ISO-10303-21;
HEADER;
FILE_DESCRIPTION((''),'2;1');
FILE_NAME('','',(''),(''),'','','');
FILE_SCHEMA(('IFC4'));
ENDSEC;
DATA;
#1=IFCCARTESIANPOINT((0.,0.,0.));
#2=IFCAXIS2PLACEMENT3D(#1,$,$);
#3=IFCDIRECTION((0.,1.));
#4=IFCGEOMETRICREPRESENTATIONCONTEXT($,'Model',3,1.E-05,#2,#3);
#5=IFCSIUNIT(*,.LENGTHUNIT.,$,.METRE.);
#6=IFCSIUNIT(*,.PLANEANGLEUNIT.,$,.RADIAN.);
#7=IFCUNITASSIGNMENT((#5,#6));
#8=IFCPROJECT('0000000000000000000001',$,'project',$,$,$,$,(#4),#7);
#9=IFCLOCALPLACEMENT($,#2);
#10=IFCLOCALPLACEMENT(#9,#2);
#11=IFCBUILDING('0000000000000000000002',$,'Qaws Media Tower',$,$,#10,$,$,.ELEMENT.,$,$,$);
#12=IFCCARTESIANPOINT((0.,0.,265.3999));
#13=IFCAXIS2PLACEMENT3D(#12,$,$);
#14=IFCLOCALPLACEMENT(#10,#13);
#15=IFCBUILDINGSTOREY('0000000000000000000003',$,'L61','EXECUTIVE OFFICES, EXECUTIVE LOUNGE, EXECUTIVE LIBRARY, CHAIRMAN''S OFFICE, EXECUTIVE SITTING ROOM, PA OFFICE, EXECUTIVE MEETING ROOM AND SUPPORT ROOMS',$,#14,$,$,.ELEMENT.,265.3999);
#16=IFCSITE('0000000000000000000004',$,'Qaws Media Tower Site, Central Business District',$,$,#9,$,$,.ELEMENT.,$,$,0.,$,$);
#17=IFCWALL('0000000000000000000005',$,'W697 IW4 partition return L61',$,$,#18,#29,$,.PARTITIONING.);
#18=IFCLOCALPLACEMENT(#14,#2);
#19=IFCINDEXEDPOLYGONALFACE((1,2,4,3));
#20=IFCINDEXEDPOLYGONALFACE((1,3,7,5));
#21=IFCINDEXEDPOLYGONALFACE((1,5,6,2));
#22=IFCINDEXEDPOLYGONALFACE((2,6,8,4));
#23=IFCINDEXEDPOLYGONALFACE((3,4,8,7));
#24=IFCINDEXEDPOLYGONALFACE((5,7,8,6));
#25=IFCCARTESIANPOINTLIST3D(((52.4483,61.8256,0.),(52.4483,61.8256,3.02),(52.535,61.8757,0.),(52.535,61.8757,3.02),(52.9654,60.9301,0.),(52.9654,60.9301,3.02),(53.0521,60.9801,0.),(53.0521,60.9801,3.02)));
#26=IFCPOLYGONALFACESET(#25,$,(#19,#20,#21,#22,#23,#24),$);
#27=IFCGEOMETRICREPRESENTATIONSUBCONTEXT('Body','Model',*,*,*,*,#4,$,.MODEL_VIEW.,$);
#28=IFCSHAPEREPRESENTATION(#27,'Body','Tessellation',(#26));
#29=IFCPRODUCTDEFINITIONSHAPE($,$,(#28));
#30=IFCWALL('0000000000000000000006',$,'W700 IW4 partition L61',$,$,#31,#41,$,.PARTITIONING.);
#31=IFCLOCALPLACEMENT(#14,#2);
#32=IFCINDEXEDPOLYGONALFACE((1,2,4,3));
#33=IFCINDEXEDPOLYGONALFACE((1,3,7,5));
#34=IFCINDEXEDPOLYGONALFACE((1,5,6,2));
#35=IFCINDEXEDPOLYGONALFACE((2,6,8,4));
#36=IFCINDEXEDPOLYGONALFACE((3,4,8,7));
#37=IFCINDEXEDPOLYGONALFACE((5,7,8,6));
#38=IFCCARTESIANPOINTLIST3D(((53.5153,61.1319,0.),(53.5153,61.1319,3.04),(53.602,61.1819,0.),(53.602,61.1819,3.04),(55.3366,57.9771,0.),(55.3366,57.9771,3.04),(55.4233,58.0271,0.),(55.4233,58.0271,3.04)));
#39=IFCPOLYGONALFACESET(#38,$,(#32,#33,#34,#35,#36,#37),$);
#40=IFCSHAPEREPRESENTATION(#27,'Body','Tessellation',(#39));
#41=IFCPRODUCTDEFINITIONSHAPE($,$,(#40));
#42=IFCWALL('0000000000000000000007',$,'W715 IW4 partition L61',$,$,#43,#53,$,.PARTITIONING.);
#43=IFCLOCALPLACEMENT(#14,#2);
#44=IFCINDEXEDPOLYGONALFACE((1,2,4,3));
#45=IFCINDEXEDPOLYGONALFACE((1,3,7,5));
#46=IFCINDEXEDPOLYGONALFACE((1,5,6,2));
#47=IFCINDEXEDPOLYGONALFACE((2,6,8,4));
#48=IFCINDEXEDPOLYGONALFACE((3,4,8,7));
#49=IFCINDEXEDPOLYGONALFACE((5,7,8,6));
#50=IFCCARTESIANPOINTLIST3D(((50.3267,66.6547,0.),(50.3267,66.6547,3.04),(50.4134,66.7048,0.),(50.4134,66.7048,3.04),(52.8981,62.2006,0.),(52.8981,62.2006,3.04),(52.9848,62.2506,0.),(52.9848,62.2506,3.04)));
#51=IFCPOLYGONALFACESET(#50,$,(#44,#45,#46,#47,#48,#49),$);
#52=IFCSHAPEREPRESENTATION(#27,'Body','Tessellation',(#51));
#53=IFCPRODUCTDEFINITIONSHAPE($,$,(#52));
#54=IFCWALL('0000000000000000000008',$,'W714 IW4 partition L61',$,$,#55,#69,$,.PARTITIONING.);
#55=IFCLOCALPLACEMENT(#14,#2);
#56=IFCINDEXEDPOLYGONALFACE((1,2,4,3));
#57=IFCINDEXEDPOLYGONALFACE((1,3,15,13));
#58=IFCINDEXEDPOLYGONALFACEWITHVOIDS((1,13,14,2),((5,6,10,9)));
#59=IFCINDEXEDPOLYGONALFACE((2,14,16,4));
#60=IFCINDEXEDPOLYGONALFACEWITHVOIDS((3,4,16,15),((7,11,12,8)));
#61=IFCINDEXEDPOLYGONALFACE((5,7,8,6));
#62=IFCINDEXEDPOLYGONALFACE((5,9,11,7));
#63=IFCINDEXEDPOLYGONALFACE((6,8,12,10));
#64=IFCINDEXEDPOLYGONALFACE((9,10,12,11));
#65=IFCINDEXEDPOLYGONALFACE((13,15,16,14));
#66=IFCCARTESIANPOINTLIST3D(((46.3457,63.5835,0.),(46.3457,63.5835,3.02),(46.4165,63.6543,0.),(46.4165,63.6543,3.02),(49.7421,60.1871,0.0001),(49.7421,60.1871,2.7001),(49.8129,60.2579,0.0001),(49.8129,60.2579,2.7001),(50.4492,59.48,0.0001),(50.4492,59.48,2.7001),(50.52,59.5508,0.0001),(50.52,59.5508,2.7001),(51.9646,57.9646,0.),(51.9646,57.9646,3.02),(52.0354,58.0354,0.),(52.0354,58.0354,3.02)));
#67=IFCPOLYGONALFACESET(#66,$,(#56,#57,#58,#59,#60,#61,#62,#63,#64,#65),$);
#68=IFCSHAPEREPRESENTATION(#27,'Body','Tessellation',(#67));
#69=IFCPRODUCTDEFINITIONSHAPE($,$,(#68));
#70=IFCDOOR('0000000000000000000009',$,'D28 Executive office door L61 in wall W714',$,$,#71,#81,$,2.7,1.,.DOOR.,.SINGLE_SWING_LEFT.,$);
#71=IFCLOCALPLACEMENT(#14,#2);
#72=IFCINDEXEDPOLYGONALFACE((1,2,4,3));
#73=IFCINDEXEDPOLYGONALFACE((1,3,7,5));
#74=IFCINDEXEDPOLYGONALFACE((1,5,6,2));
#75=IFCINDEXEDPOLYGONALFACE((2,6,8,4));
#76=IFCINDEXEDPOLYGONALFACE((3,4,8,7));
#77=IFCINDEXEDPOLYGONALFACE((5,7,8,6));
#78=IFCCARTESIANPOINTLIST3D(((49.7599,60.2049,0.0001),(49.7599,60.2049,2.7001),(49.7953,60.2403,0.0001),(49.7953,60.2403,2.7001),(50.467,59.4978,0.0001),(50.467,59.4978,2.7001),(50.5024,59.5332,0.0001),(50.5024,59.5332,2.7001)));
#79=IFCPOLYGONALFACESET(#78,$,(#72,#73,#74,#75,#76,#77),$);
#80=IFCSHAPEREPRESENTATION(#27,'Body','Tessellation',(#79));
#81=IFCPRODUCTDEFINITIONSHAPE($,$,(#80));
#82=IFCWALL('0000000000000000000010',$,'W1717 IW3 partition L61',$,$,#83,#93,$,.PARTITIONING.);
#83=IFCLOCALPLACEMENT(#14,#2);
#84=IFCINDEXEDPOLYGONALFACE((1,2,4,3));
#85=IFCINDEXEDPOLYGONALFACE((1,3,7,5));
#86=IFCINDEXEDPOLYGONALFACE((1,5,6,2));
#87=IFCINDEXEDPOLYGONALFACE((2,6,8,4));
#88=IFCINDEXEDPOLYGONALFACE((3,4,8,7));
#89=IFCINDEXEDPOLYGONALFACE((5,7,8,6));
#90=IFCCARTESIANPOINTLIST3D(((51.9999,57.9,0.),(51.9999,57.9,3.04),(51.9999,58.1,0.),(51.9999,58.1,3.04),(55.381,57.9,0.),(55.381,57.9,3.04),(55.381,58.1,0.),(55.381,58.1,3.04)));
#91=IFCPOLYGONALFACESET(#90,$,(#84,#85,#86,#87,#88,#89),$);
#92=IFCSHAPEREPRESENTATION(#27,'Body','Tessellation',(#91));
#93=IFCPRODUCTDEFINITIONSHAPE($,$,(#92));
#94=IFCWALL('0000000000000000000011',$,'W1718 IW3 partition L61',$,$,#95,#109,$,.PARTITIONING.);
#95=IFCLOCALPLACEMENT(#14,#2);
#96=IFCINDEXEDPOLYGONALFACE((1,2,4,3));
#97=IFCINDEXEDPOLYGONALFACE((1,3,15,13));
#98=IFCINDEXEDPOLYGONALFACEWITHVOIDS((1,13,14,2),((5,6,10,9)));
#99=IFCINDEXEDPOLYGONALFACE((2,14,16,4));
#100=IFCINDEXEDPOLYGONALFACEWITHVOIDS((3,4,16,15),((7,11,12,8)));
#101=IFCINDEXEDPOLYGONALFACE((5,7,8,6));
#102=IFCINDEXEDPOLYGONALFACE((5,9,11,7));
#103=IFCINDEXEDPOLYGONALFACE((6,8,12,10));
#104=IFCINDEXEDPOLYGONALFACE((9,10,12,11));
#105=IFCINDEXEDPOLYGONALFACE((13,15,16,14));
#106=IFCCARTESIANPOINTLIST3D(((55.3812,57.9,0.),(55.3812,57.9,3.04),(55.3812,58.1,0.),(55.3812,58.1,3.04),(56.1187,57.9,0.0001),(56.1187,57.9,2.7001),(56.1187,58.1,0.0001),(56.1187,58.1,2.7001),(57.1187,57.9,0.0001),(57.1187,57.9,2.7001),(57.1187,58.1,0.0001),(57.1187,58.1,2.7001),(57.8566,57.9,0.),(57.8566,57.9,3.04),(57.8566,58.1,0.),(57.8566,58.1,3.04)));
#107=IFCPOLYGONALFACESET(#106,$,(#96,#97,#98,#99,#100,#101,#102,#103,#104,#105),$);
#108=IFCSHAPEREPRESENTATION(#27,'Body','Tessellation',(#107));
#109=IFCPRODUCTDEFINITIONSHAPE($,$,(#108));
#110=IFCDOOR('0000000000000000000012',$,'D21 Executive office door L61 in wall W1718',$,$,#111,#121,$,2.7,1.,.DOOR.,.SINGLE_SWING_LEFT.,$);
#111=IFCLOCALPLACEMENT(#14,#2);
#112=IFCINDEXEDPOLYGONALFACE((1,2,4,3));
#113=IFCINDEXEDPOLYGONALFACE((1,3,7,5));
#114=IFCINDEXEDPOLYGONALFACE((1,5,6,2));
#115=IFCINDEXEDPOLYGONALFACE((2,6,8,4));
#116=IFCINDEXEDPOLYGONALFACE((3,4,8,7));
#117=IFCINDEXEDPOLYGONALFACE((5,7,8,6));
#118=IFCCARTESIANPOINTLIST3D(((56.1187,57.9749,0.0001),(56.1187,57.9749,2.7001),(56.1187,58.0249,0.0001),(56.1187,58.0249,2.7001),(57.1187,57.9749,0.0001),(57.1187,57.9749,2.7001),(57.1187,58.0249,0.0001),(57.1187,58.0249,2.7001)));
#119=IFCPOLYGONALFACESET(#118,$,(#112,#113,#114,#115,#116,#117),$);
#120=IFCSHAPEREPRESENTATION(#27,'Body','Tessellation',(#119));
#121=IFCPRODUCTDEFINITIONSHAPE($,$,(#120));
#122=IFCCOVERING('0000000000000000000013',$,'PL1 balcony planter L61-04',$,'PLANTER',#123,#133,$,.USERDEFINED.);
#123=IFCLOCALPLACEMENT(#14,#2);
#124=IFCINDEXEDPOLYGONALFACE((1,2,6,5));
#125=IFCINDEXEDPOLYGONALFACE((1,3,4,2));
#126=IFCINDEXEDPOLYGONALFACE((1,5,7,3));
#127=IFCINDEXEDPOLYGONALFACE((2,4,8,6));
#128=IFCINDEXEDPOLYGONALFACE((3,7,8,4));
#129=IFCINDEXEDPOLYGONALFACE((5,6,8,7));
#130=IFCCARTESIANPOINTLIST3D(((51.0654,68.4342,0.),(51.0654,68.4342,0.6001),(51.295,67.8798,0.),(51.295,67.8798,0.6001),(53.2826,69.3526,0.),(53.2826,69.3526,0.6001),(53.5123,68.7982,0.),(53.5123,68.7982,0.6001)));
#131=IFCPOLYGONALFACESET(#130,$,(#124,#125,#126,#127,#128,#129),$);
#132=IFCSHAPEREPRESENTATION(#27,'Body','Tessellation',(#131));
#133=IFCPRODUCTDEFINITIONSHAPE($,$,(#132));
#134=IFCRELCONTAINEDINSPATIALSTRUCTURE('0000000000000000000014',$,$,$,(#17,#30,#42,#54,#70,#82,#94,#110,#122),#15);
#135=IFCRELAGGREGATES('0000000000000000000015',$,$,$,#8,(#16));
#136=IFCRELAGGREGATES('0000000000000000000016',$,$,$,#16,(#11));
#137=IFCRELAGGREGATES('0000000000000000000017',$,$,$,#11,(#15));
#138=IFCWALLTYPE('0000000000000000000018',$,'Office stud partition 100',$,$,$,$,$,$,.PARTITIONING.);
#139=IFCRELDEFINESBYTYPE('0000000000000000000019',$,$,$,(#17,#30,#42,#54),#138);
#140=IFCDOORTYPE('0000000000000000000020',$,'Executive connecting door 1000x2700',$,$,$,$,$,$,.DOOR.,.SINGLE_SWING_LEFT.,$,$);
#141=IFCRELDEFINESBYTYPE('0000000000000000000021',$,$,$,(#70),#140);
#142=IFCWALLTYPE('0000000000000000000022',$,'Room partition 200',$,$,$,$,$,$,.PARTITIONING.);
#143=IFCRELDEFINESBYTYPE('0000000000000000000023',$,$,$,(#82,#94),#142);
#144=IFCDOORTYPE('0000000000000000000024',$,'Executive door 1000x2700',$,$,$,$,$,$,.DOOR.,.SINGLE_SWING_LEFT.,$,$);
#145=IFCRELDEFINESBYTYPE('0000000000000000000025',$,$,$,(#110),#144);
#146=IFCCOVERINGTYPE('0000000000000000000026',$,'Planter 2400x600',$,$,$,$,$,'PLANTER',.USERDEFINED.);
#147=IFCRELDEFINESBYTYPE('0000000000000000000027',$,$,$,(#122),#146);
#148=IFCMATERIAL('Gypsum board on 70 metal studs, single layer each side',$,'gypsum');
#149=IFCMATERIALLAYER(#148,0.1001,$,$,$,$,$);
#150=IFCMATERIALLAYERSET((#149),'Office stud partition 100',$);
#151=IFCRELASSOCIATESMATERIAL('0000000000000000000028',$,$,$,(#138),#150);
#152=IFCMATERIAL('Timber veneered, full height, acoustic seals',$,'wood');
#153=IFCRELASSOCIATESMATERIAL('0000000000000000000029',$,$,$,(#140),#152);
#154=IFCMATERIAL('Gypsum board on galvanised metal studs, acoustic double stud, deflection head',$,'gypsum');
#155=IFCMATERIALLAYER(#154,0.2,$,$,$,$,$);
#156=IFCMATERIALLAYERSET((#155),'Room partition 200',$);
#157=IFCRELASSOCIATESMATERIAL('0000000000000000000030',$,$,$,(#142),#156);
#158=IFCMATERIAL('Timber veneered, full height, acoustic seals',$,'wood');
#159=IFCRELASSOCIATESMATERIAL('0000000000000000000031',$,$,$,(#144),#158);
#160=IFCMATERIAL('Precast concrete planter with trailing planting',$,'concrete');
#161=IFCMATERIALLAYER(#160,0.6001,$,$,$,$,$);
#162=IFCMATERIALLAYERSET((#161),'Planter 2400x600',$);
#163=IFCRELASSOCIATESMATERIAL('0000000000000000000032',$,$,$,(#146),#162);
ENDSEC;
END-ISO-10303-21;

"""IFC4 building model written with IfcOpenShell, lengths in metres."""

from ifc_helpers import new_model, si_unit, direction, frame, frame_2d, origin, origin_2d, place, context, subcontext, project, spatial, rectangle, extrude, material, layer, layer_set, type_object, element, fill, save


model = new_model("IFC4")

# Units and contexts
model_context = context("Model", 3, precision=1e-05, world=origin(), true_north=direction((0.0, 1.0)))
body_context = subcontext(model_context, "Body", "Model", "MODEL_VIEW")
ifc_project = project(units=[si_unit("LENGTHUNIT", "METRE"), si_unit("PLANEANGLEUNIT", "RADIAN")], contexts=[model_context])

# Site, building, storey
site_placement = place(None, origin())
site = spatial("IfcSite", under=ifc_project, at=site_placement, Name="Qaws Media Tower Site, Central Business District", CompositionType="ELEMENT", RefElevation=0.0)
building_placement = place(site_placement, origin())
building = spatial("IfcBuilding", under=site, at=building_placement, Name="Qaws Media Tower", CompositionType="ELEMENT")
storey_placement = place(building_placement, frame((0.0, 0.0, 265.3999)))
storey = spatial("IfcBuildingStorey", under=building, at=storey_placement, Name="L61", Description="EXECUTIVE OFFICES, EXECUTIVE LOUNGE, EXECUTIVE LIBRARY, CHAIRMAN'S OFFICE, EXECUTIVE SITTING ROOM, PA OFFICE, EXECUTIVE MEETING ROOM AND SUPPORT ROOMS", CompositionType="ELEMENT", Elevation=265.3999)

# Walls
ifc_material_1 = material(Name="Gypsum board on 70 metal studs, single layer each side", Category="gypsum")
ifc_layer_1 = layer(ifc_material_1, 0.1001)
ifc_layer_set_1 = layer_set([ifc_layer_1], Name="Office stud partition 100")
wall_type_1 = type_object("IfcWallType", Name="Office stud partition 100", PredefinedType="PARTITIONING", material=ifc_layer_set_1)
wall_1_placement = place(storey_placement, frame((53.0088, 60.9551, 0.0), z_axis=(0.0, 0.0, 1.0), x_axis=(-0.500049, 0.865997, 0.0)))
element("IfcWall", 1, at=wall_1_placement, inside=storey, type_object=wall_type_1, Name="W697 IW4 partition return L61", PredefinedType="PARTITIONING", context=body_context, shape_type="SweptSolid", body=[
    extrude(rectangle(XDim=1.0342, YDim=0.1001, at=frame_2d((0.5171, 0.0))), origin(), (0.0, 0.0, 1.0), 3.02),
])
wall_2_placement = place(storey_placement, frame((55.3799, 58.0022, 0.0), z_axis=(0.0, 0.0, 1.0), x_axis=(-0.499974, 0.86604, 0.0)))
element("IfcWall", 2, at=wall_2_placement, inside=storey, type_object=wall_type_1, Name="W700 IW4 partition L61", PredefinedType="PARTITIONING", context=body_context, shape_type="SweptSolid", body=[
    extrude(rectangle(XDim=3.6428, YDim=0.1001, at=frame_2d((1.8213, 0.0))), origin(), (0.0, 0.0, 1.0), 3.04),
])
wall_3_placement = place(storey_placement, frame((52.9414, 62.2256, 0.0), z_axis=(0.0, 0.0, 1.0), x_axis=(-0.499958, 0.86605, 0.0)))
element("IfcWall", 3, at=wall_3_placement, inside=storey, type_object=wall_type_1, Name="W715 IW4 partition L61", PredefinedType="PARTITIONING", context=body_context, shape_type="SweptSolid", body=[
    extrude(rectangle(XDim=5.1431, YDim=0.1001, at=frame_2d((2.5715, 0.0))), origin(), (0.0, 0.0, 1.0), 3.04),
])

# Wall, opening, door
wall_4_placement = place(storey_placement, frame((52.0, 58.0, 0.0), z_axis=(0.0, 0.0, 1.0), x_axis=(-0.707107, 0.707107, 0.0)))
wall_4 = element("IfcWall", 4, at=wall_4_placement, inside=storey, type_object=wall_type_1, Name="W714 IW4 partition L61", PredefinedType="PARTITIONING", context=body_context, shape_type="SweptSolid", body=[
    extrude(rectangle(XDim=7.9463, YDim=0.1001, at=frame_2d((3.9731, 0.0))), origin(), (0.0, 0.0, 1.0), 3.02),
])
opening_1_placement = place(wall_4_placement, frame((2.1431, 0.0, 0.0)))
opening_1 = element("IfcOpeningElement", 5, at=opening_1_placement, cuts=wall_4, PredefinedType="OPENING", context=body_context, shape_type="SweptSolid", body=[
    extrude(rectangle(XDim=1.0, YDim=2.7, at=frame_2d((0.5, 1.3501))), frame((0.0, 0.0601, 0.0), z_axis=(0.0, -1.0, 0.0), x_axis=(1.0, 0.0, 0.0)), (0.0, 0.0, 1.0), 0.1201),
])
ifc_material_2 = material(Name="Timber veneered, full height, acoustic seals", Category="wood")
door_type_1 = type_object("IfcDoorType", Name="Executive connecting door 1000x2700", OperationType="SINGLE_SWING_LEFT", PredefinedType="DOOR", material=ifc_material_2)
door_1_placement = place(opening_1_placement, origin())
door_1 = element("IfcDoor", 6, at=door_1_placement, inside=storey, type_object=door_type_1, Name="D28 Executive office door L61 in wall W714", OperationType="SINGLE_SWING_LEFT", OverallHeight=2.7, OverallWidth=1.0, PredefinedType="DOOR", context=body_context, shape_type="SweptSolid", body=[
    extrude(rectangle(XDim=1.0, YDim=2.7, at=frame_2d((0.5, 1.3501))), frame((0.0, 0.0249, 0.0), z_axis=(0.0, -1.0, 0.0), x_axis=(1.0, 0.0, 0.0)), (0.0, 0.0, 1.0), 0.05),
])
fill(opening_1, door_1)

# Wall
ifc_material_3 = material(Name="Gypsum board on galvanised metal studs, acoustic double stud, deflection head", Category="gypsum")
ifc_layer_2 = layer(ifc_material_3, 0.2)
ifc_layer_set_2 = layer_set([ifc_layer_2], Name="Room partition 200")
wall_type_2 = type_object("IfcWallType", Name="Room partition 200", PredefinedType="PARTITIONING", material=ifc_layer_set_2)
wall_5_placement = place(storey_placement, frame((52.0, 58.0, 0.0), z_axis=(0.0, 0.0, 1.0), x_axis=(1.0, 0.0, 0.0)))
element("IfcWall", 7, at=wall_5_placement, inside=storey, type_object=wall_type_2, Name="W1717 IW3 partition L61", PredefinedType="PARTITIONING", context=body_context, shape_type="SweptSolid", body=[
    extrude(rectangle(XDim=3.3811, YDim=0.2, at=frame_2d((1.6904, 0.0))), origin(), (0.0, 0.0, 1.0), 3.04),
])

# Wall, opening, door
wall_6_placement = place(storey_placement, frame((55.3811, 58.0, 0.0), z_axis=(0.0, 0.0, 1.0), x_axis=(1.0, 0.0, 0.0)))
wall_6 = element("IfcWall", 8, at=wall_6_placement, inside=storey, type_object=wall_type_2, Name="W1718 IW3 partition L61", PredefinedType="PARTITIONING", context=body_context, shape_type="SweptSolid", body=[
    extrude(rectangle(XDim=2.4753, YDim=0.2, at=frame_2d((1.2378, 0.0))), origin(), (0.0, 0.0, 1.0), 3.04),
])
opening_2_placement = place(wall_6_placement, frame((0.7375, 0.0, 0.0)))
opening_2 = element("IfcOpeningElement", 9, at=opening_2_placement, cuts=wall_6, PredefinedType="OPENING", context=body_context, shape_type="SweptSolid", body=[
    extrude(rectangle(XDim=1.0, YDim=2.7, at=frame_2d((0.5, 1.3501))), frame((0.0, 0.1099, 0.0), z_axis=(0.0, -1.0, 0.0), x_axis=(1.0, 0.0, 0.0)), (0.0, 0.0, 1.0), 0.22),
])
ifc_material_4 = material(Name="Timber veneered, full height, acoustic seals", Category="wood")
door_type_2 = type_object("IfcDoorType", Name="Executive door 1000x2700", OperationType="SINGLE_SWING_LEFT", PredefinedType="DOOR", material=ifc_material_4)
door_2_placement = place(opening_2_placement, origin())
door_2 = element("IfcDoor", 10, at=door_2_placement, inside=storey, type_object=door_type_2, Name="D21 Executive office door L61 in wall W1718", OperationType="SINGLE_SWING_LEFT", OverallHeight=2.7, OverallWidth=1.0, PredefinedType="DOOR", context=body_context, shape_type="SweptSolid", body=[
    extrude(rectangle(XDim=1.0, YDim=2.7, at=frame_2d((0.5, 1.3501))), frame((0.0, 0.0249, 0.0), z_axis=(0.0, -1.0, 0.0), x_axis=(1.0, 0.0, 0.0)), (0.0, 0.0, 1.0), 0.05),
])
fill(opening_2, door_2)

# Covering
ifc_material_5 = material(Name="Precast concrete planter with trailing planting", Category="concrete")
ifc_layer_3 = layer(ifc_material_5, 0.6001)
ifc_layer_set_3 = layer_set([ifc_layer_3], Name="Planter 2400x600")
covering_type = type_object("IfcCoveringType", Name="Planter 2400x600", ElementType="PLANTER", PredefinedType="USERDEFINED", material=ifc_layer_set_3)
covering_placement = place(storey_placement, frame((52.2888, 68.6162, 0.0), z_axis=(0.0, 0.0, 1.0), x_axis=(-0.92388, -0.382683, 0.0)))
element("IfcCovering", 11, at=covering_placement, inside=storey, type_object=covering_type, Name="PL1 balcony planter L61-04", ObjectType="PLANTER", PredefinedType="USERDEFINED", context=body_context, shape_type="SweptSolid", body=[
    extrude(rectangle(XDim=2.3999, YDim=0.6001, at=origin_2d()), origin(), (0.0, 0.0, 1.0), 0.6001),
])

save(model, "model.ifc")
